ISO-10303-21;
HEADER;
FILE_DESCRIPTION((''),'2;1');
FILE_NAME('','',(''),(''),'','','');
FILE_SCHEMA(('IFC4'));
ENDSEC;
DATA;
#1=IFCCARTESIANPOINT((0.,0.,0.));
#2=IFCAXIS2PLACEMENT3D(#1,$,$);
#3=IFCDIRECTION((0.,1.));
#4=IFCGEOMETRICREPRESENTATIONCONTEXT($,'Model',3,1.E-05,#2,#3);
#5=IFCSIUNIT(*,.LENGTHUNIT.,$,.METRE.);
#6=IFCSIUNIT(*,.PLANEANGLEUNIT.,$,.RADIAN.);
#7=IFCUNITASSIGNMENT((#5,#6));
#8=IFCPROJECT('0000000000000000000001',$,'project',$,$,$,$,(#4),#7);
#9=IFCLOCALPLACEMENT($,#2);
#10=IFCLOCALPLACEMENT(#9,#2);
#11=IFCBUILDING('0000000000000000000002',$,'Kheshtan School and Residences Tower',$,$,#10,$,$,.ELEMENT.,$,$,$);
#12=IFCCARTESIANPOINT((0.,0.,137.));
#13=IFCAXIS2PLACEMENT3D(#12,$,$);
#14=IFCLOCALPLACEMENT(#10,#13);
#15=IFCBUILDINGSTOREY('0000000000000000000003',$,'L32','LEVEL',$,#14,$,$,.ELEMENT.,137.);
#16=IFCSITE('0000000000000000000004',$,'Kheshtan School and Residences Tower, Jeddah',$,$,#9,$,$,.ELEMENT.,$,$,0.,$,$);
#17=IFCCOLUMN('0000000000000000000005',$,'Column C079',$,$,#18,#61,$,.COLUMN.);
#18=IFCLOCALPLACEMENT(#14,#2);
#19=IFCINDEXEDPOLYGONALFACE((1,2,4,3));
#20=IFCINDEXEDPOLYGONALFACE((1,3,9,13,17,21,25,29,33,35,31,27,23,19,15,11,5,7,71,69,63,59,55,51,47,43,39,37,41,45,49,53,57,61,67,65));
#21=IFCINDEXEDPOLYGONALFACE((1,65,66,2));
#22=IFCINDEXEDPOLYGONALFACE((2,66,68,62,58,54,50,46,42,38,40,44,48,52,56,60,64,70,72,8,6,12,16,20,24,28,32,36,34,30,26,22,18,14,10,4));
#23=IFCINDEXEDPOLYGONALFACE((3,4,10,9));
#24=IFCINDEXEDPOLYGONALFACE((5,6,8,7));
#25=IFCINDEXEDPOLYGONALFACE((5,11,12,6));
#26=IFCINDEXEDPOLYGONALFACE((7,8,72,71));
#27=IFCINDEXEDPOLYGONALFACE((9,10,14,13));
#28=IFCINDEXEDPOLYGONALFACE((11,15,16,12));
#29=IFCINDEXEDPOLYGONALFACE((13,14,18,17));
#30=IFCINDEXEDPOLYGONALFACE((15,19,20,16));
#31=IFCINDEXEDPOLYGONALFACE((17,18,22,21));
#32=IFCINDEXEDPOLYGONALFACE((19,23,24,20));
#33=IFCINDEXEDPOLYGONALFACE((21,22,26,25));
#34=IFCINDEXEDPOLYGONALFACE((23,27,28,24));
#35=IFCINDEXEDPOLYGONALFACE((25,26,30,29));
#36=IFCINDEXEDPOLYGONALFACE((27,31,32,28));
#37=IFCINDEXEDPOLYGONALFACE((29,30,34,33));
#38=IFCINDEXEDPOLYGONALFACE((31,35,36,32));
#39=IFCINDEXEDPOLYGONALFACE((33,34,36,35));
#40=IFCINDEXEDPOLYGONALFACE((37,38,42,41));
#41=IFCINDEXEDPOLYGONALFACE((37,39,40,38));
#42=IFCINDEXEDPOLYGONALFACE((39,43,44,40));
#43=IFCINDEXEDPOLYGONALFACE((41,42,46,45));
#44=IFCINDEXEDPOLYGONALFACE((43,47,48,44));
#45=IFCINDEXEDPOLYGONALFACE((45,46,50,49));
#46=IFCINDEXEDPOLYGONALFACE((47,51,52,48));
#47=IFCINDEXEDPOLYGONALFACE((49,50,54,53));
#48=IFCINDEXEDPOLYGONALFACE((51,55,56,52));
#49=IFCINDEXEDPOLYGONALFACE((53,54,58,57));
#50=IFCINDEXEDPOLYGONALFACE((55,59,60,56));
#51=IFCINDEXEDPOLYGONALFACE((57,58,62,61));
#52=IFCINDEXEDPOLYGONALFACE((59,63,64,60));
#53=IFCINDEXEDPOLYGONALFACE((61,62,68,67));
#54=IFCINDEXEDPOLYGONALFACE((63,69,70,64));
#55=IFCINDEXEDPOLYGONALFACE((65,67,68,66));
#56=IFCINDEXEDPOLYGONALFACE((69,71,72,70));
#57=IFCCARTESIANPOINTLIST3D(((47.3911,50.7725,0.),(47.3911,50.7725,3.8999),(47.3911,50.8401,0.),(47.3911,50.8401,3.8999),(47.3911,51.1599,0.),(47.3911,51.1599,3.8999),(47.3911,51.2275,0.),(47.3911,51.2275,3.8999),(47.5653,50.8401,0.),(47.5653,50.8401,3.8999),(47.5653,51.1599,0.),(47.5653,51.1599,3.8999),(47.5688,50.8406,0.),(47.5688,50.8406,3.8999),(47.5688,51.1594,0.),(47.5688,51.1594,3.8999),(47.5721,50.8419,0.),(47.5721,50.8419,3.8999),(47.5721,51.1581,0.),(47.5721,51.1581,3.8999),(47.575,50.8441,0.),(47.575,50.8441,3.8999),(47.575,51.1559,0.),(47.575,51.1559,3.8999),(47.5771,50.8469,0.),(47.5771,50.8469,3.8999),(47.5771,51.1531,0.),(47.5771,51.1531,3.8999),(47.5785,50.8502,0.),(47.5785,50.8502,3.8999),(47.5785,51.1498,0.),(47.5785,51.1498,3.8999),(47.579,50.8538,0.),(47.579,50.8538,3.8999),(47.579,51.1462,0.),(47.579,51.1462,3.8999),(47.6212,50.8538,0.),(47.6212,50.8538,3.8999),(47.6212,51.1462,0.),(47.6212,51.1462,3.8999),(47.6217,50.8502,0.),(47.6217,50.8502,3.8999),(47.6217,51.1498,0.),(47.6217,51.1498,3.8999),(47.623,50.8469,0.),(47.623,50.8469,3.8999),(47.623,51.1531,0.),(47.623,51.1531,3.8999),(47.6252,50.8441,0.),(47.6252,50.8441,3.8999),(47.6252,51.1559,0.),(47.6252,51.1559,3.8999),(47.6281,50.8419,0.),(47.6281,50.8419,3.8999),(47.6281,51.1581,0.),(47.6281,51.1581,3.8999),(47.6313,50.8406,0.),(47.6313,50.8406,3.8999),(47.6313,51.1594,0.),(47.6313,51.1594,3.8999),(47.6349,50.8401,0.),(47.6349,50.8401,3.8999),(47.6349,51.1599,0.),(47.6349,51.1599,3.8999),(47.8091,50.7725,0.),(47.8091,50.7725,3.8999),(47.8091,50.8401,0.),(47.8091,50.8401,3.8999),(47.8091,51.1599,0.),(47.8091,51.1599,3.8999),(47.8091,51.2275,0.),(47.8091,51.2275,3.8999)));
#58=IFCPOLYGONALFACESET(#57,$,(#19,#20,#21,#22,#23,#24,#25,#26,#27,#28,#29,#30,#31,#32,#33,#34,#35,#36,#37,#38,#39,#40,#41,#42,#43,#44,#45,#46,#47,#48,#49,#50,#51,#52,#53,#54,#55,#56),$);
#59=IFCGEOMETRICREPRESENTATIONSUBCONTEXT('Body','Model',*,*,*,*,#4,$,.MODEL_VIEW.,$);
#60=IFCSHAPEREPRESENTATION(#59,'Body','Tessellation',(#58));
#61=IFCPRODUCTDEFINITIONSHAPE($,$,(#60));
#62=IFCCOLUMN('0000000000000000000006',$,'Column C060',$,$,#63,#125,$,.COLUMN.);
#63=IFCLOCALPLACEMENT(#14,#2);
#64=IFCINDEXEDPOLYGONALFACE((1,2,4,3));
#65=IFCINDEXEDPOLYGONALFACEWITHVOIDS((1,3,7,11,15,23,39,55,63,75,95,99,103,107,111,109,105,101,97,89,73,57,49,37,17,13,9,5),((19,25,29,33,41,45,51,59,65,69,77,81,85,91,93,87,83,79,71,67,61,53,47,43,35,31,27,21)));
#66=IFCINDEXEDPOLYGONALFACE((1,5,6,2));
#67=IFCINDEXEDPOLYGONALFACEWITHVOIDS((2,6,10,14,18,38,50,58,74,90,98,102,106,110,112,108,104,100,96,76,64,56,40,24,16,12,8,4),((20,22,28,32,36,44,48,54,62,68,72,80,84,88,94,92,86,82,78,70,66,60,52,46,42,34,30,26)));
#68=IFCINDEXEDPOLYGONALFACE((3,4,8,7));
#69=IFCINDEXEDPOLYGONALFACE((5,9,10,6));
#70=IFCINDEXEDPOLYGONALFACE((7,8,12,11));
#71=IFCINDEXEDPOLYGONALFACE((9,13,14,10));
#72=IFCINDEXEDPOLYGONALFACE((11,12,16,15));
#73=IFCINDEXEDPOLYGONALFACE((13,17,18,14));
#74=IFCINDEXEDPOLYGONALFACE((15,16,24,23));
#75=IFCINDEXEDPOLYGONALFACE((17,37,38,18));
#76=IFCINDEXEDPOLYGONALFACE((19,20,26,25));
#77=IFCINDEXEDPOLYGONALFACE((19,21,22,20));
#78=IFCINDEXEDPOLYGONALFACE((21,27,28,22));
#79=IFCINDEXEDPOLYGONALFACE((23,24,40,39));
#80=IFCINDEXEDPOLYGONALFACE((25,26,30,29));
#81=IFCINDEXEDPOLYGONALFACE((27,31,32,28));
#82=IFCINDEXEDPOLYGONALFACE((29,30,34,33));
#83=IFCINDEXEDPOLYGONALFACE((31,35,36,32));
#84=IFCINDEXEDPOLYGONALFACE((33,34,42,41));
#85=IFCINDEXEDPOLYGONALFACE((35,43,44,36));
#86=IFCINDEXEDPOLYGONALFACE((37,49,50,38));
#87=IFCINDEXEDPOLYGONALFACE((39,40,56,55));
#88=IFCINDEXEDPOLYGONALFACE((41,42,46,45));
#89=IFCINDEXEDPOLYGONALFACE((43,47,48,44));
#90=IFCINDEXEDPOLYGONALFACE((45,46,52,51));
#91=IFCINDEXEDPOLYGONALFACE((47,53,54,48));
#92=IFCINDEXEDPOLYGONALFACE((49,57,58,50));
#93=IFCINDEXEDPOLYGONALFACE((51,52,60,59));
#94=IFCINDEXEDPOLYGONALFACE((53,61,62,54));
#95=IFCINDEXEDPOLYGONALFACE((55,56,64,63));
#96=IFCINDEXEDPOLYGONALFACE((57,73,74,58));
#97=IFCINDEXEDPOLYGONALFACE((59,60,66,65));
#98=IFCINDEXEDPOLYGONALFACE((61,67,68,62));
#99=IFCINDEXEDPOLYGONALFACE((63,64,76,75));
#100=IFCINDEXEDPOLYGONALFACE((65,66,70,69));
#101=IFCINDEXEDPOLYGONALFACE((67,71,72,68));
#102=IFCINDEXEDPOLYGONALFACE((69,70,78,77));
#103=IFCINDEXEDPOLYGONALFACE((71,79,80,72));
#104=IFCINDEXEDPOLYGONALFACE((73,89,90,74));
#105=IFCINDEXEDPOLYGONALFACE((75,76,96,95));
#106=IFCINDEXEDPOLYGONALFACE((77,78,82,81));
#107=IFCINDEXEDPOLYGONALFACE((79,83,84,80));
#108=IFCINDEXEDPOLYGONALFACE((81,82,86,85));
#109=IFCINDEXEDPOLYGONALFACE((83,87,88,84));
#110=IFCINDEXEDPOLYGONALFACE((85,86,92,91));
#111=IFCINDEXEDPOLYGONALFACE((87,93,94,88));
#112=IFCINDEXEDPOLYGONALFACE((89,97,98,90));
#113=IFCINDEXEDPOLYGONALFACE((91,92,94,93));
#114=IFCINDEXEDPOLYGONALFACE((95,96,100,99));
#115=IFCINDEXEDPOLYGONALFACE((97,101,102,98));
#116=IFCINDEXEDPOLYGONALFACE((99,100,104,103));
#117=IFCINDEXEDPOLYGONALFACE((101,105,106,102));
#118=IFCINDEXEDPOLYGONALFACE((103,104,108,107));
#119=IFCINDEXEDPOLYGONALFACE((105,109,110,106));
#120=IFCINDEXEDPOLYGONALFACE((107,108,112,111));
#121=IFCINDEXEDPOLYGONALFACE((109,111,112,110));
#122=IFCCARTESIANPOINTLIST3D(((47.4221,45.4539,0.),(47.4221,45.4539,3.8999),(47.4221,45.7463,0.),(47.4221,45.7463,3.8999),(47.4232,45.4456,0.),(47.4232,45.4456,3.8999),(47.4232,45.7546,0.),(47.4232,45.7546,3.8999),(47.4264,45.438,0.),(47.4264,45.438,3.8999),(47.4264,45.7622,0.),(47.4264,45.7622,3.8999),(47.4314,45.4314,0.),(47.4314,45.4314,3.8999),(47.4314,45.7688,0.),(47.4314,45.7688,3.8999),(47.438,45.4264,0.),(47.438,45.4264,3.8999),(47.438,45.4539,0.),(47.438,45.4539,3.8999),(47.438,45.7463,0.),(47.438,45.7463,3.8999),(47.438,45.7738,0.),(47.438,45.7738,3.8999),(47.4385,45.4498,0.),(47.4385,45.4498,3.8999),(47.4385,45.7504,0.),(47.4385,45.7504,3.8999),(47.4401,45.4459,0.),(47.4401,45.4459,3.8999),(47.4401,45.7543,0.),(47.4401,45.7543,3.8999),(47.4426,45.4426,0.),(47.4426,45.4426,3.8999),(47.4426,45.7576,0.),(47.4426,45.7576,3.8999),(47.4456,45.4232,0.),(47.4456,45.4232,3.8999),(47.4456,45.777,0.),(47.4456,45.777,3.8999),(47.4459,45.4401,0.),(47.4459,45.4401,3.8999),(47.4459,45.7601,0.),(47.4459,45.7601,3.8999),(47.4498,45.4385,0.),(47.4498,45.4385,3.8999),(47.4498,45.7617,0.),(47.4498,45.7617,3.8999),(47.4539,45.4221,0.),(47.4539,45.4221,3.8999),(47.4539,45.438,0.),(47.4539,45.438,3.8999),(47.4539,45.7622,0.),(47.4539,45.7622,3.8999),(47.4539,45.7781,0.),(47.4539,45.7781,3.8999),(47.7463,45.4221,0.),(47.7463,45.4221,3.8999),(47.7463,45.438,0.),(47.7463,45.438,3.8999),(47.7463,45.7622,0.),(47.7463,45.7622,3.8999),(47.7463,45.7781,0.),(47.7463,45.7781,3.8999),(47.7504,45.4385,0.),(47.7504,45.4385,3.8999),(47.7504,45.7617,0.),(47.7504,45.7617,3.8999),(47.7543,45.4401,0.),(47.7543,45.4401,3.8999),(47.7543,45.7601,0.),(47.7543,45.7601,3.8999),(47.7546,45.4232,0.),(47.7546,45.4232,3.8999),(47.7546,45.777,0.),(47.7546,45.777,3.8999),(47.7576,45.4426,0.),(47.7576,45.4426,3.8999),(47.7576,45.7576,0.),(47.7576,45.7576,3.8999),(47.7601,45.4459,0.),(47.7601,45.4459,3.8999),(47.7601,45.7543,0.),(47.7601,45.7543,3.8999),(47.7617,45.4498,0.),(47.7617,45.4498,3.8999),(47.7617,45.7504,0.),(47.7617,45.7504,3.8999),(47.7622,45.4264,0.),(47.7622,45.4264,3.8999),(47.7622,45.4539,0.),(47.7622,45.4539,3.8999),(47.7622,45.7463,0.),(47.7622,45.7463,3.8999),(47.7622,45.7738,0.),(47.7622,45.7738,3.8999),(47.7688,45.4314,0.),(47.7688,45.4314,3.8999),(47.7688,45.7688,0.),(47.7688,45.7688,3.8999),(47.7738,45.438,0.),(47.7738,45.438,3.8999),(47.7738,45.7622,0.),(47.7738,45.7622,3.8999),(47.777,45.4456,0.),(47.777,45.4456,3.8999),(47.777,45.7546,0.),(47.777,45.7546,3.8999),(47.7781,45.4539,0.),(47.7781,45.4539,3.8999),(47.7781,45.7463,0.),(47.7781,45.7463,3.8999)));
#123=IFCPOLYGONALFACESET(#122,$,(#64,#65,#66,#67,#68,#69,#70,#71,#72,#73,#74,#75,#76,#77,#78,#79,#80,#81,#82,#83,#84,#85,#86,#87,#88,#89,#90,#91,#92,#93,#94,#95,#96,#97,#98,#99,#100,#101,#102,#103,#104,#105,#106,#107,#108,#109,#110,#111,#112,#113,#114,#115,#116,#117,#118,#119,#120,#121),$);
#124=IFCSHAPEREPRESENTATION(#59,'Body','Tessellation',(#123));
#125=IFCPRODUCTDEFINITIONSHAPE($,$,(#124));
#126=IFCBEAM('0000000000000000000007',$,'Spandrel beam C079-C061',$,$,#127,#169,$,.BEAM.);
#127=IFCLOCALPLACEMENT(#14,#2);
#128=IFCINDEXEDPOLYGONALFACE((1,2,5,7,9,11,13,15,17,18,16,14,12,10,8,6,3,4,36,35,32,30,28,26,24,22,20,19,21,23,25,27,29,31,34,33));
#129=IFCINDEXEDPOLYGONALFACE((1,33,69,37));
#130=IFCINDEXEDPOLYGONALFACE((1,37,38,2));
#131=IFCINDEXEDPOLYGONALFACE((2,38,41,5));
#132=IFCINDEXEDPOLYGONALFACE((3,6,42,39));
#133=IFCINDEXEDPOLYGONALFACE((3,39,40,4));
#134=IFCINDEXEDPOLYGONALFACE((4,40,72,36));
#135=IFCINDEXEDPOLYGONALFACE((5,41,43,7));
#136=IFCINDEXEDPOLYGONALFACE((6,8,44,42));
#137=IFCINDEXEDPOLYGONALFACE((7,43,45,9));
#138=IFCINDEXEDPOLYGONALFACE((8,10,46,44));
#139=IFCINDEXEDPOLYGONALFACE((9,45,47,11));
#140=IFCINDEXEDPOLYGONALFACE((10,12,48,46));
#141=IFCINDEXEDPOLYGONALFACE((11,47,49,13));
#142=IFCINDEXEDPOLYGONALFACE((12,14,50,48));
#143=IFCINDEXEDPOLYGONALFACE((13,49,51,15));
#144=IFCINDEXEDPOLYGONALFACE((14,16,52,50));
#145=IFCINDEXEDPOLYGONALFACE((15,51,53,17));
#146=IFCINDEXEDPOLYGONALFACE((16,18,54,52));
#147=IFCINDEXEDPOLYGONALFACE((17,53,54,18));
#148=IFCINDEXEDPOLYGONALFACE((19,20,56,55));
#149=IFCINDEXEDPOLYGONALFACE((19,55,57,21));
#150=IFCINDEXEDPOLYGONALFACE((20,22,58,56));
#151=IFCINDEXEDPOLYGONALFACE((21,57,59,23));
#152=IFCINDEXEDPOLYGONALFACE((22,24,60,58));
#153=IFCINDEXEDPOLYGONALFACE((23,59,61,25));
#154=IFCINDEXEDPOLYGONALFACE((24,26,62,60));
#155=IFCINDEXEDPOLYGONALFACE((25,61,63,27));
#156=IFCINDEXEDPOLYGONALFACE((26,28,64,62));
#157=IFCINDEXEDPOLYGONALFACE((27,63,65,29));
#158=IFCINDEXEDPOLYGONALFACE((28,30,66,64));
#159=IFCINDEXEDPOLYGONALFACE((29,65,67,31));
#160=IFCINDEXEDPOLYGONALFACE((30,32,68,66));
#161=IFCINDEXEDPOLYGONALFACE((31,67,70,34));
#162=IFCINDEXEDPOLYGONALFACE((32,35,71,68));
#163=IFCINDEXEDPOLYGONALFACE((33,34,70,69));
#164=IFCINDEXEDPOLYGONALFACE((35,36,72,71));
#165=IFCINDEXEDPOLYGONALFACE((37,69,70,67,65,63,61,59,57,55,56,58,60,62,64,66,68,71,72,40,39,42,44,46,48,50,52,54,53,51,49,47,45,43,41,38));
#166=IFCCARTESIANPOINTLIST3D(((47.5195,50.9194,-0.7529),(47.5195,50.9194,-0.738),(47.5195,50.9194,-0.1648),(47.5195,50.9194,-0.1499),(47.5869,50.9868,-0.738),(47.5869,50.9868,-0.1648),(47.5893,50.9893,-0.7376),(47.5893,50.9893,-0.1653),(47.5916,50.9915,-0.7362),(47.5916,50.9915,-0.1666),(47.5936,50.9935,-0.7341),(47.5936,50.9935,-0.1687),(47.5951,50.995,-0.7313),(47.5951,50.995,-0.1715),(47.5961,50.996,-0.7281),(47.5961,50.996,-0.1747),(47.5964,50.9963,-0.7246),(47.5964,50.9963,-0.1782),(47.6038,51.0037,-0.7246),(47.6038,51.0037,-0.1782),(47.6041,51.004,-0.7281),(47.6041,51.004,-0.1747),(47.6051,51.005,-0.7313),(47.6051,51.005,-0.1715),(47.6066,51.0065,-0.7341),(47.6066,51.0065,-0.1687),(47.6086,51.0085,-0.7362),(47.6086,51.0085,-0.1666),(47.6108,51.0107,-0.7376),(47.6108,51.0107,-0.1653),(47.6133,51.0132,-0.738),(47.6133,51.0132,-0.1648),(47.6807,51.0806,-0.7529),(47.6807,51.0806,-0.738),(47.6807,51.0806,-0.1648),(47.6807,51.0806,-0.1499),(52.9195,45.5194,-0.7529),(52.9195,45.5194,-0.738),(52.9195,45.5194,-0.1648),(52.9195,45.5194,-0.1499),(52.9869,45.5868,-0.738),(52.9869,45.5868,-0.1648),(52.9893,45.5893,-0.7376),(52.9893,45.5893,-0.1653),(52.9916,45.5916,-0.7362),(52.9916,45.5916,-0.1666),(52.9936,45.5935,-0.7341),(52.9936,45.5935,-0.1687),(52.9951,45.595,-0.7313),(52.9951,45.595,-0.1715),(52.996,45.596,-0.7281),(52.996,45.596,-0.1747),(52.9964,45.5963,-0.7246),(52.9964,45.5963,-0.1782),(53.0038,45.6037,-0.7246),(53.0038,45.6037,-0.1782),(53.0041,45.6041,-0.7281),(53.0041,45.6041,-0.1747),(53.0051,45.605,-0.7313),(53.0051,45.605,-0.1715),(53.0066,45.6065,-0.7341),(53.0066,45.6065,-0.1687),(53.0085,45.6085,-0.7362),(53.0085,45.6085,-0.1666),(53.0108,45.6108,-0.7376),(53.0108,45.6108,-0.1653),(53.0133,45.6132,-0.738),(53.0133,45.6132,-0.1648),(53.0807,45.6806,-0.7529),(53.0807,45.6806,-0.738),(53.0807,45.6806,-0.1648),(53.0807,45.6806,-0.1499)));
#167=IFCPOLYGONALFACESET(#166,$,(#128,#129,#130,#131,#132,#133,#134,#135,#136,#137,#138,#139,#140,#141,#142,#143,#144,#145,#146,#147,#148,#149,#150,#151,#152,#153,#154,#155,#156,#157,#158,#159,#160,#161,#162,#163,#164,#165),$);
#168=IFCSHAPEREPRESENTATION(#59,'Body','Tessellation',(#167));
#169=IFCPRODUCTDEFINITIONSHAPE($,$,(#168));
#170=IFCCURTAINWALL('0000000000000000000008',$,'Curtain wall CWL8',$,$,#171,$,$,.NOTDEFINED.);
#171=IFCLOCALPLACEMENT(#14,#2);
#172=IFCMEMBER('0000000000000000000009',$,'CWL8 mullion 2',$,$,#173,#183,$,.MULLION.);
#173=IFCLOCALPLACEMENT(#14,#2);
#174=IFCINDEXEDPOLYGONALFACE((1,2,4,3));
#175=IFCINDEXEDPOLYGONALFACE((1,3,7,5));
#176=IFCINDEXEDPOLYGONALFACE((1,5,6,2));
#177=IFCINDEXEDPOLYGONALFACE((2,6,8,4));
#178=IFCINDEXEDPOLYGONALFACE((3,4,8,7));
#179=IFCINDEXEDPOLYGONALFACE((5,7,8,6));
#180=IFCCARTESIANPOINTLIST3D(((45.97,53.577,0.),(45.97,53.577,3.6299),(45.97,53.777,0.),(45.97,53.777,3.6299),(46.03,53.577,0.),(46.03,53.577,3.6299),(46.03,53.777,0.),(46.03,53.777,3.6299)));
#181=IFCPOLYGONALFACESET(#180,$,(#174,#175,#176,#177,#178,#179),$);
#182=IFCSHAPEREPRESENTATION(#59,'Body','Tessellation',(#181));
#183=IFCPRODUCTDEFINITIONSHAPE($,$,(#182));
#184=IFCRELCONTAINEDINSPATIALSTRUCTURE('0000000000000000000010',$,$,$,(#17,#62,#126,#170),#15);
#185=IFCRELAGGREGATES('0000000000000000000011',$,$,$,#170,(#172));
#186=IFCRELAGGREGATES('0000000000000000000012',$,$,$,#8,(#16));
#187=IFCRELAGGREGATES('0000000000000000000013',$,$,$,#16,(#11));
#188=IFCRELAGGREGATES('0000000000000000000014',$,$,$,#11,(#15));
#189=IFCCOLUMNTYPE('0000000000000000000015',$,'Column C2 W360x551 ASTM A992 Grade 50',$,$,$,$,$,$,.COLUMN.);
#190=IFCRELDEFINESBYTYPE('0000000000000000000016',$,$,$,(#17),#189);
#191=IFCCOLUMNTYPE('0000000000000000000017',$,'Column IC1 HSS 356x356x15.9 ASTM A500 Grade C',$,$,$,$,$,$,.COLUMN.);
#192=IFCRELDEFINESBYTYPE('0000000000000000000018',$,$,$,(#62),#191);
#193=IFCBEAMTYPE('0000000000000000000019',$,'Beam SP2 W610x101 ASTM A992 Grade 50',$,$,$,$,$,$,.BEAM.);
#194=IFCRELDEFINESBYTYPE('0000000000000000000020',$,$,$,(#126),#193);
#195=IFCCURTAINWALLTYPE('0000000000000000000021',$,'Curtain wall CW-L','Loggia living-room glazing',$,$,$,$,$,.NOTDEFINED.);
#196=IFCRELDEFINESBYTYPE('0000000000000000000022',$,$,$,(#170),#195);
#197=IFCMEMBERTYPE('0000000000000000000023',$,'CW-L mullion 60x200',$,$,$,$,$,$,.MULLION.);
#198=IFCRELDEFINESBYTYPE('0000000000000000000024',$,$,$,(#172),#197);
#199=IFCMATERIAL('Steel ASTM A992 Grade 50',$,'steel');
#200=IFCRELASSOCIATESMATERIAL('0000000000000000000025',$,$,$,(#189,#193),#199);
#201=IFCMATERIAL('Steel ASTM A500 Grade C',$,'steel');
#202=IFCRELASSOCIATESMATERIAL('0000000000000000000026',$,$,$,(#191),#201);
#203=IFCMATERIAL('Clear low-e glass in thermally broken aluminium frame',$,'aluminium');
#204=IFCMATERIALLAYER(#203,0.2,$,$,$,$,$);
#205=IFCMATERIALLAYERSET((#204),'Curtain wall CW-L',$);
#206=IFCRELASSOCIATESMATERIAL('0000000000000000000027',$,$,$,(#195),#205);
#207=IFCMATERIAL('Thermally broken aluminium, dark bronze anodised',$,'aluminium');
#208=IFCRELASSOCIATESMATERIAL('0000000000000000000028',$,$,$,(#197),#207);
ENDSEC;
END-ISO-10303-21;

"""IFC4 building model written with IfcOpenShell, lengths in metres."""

from ifc_helpers import new_model, si_unit, direction, frame, origin, origin_2d, place, context, subcontext, project, spatial, rectangle, hollow_rectangle, i_section, extrude, material, layer, layer_set, material_profile, profile_set, type_object, element, aggregate, save


model = new_model("IFC4")

# Units and contexts
model_context = context("Model", 3, precision=1e-05, world=origin(), true_north=direction((0.0, 1.0)))
body_context = subcontext(model_context, "Body", "Model", "MODEL_VIEW")
ifc_project = project(units=[si_unit("LENGTHUNIT", "METRE"), si_unit("PLANEANGLEUNIT", "RADIAN")], contexts=[model_context])

# Site, building, storey
site_placement = place(None, origin())
site = spatial("IfcSite", under=ifc_project, at=site_placement, Name="Kheshtan School and Residences Tower, Jeddah", CompositionType="ELEMENT", RefElevation=0.0)
building_placement = place(site_placement, origin())
building = spatial("IfcBuilding", under=site, at=building_placement, Name="Kheshtan School and Residences Tower", CompositionType="ELEMENT")
storey_placement = place(building_placement, frame((0.0, 0.0, 137.0)))
storey = spatial("IfcBuildingStorey", under=building, at=storey_placement, Name="L32", Description="LEVEL", CompositionType="ELEMENT", Elevation=137.0)

# Columns
ifc_material_1 = material(Name="Steel ASTM A992 Grade 50", Category="steel")
ifc_material_profile_1 = material_profile(ifc_material_1, i_section(OverallWidth=0.418, OverallDepth=0.4551, WebThickness=0.0422, FlangeThickness=0.0676, FilletRadius=0.0137, at=origin_2d()), Name="W360x551")
ifc_profile_set_1 = profile_set([ifc_material_profile_1], Name="Steel ASTM A992 Grade 50")
column_type_1 = type_object("IfcColumnType", Name="Column C2 W360x551 ASTM A992 Grade 50", PredefinedType="COLUMN", material=ifc_profile_set_1)
column_1_placement = place(storey_placement, frame((47.6001, 51.0, 0.0), z_axis=(0.0, 0.0, 1.0), x_axis=(1.0, 0.0, 0.0)))
element("IfcColumn", 1, at=column_1_placement, inside=storey, type_object=column_type_1, Name="Column C079", PredefinedType="COLUMN", context=body_context, shape_type="SweptSolid", body=[
    extrude(i_section(OverallWidth=0.418, OverallDepth=0.4551, WebThickness=0.0422, FlangeThickness=0.0676, FilletRadius=0.0137, at=origin_2d()), origin(), (0.0, 0.0, 1.0), 3.8999),
])
ifc_material_2 = material(Name="Steel ASTM A500 Grade C", Category="steel")
ifc_material_profile_2 = material_profile(ifc_material_2, hollow_rectangle(XDim=0.356, YDim=0.356, WallThickness=0.0159, InnerFilletRadius=0.0159, OuterFilletRadius=0.0317, at=origin_2d()), Name="HSS 356x356x15.9")
ifc_profile_set_2 = profile_set([ifc_material_profile_2], Name="Steel ASTM A500 Grade C")
column_type_2 = type_object("IfcColumnType", Name="Column IC1 HSS 356x356x15.9 ASTM A500 Grade C", PredefinedType="COLUMN", material=ifc_profile_set_2)
column_2_placement = place(storey_placement, frame((47.6001, 45.6001, 0.0), z_axis=(0.0, 0.0, 1.0), x_axis=(1.0, 0.0, 0.0)))
element("IfcColumn", 2, at=column_2_placement, inside=storey, type_object=column_type_2, Name="Column C060", PredefinedType="COLUMN", context=body_context, shape_type="SweptSolid", body=[
    extrude(hollow_rectangle(XDim=0.356, YDim=0.356, WallThickness=0.0159, InnerFilletRadius=0.0159, OuterFilletRadius=0.0317, at=origin_2d()), origin(), (0.0, 0.0, 1.0), 3.8999),
])

# Beam
ifc_material_profile_3 = material_profile(ifc_material_1, i_section(OverallWidth=0.228, OverallDepth=0.603, WebThickness=0.0105, FlangeThickness=0.0149, FilletRadius=0.0134, at=origin_2d()), Name="W610x101")
ifc_profile_set_3 = profile_set([ifc_material_profile_3], Name="Steel ASTM A992 Grade 50")
beam_type = type_object("IfcBeamType", Name="Beam SP2 W610x101 ASTM A992 Grade 50", PredefinedType="BEAM", material=ifc_profile_set_3)
beam_placement = place(storey_placement, frame((47.6001, 51.0, -0.4514), z_axis=(0.707107, -0.707107, 0.0), x_axis=(0.707107, 0.707107, 0.0)))
element("IfcBeam", 3, at=beam_placement, inside=storey, type_object=beam_type, Name="Spandrel beam C079-C061", PredefinedType="BEAM", context=body_context, shape_type="SweptSolid", body=[
    extrude(i_section(OverallWidth=0.228, OverallDepth=0.603, WebThickness=0.0105, FlangeThickness=0.0149, FilletRadius=0.0134, at=origin_2d()), origin(), (0.0, 0.0, 1.0), 7.6367),
])

# Curtain wall, member
ifc_material_3 = material(Name="Clear low-e glass in thermally broken aluminium frame", Category="aluminium")
ifc_layer_1 = layer(ifc_material_3, 0.2)
ifc_layer_set_1 = layer_set([ifc_layer_1], Name="Curtain wall CW-L")
curtain_wall_type = type_object("IfcCurtainWallType", Name="Curtain wall CW-L", Description="Loggia living-room glazing", PredefinedType="NOTDEFINED", material=ifc_layer_set_1)
curtain_wall_placement = place(storey_placement, origin())
curtain_wall = element("IfcCurtainWall", 4, at=curtain_wall_placement, inside=storey, type_object=curtain_wall_type, Name="Curtain wall CWL8", PredefinedType="NOTDEFINED")
ifc_material_4 = material(Name="Thermally broken aluminium, dark bronze anodised", Category="aluminium")
ifc_material_profile_4 = material_profile(ifc_material_4, rectangle(XDim=0.0601, YDim=0.2, at=origin_2d()), Name="CW-L mullion 60x200")
ifc_profile_set_4 = profile_set([ifc_material_profile_4], Name="Thermally broken aluminium, dark bronze anodised")
member_type = type_object("IfcMemberType", Name="CW-L mullion 60x200", PredefinedType="MULLION", material=ifc_profile_set_4)
member_1_placement = place(storey_placement, frame((46.0, 53.677, 0.0), z_axis=(0.0, 0.0, 1.0), x_axis=(1.0, 0.0, 0.0)))
member_1 = element("IfcMember", 5, at=member_1_placement, type_object=member_type, Name="CWL8 mullion 2", PredefinedType="MULLION", context=body_context, shape_type="SweptSolid", body=[
    extrude(rectangle(XDim=0.0601, YDim=0.2, at=origin_2d()), origin(), (0.0, 0.0, 1.0), 3.6299),
])
aggregate(curtain_wall, [member_1])

save(model, "model.ifc")
